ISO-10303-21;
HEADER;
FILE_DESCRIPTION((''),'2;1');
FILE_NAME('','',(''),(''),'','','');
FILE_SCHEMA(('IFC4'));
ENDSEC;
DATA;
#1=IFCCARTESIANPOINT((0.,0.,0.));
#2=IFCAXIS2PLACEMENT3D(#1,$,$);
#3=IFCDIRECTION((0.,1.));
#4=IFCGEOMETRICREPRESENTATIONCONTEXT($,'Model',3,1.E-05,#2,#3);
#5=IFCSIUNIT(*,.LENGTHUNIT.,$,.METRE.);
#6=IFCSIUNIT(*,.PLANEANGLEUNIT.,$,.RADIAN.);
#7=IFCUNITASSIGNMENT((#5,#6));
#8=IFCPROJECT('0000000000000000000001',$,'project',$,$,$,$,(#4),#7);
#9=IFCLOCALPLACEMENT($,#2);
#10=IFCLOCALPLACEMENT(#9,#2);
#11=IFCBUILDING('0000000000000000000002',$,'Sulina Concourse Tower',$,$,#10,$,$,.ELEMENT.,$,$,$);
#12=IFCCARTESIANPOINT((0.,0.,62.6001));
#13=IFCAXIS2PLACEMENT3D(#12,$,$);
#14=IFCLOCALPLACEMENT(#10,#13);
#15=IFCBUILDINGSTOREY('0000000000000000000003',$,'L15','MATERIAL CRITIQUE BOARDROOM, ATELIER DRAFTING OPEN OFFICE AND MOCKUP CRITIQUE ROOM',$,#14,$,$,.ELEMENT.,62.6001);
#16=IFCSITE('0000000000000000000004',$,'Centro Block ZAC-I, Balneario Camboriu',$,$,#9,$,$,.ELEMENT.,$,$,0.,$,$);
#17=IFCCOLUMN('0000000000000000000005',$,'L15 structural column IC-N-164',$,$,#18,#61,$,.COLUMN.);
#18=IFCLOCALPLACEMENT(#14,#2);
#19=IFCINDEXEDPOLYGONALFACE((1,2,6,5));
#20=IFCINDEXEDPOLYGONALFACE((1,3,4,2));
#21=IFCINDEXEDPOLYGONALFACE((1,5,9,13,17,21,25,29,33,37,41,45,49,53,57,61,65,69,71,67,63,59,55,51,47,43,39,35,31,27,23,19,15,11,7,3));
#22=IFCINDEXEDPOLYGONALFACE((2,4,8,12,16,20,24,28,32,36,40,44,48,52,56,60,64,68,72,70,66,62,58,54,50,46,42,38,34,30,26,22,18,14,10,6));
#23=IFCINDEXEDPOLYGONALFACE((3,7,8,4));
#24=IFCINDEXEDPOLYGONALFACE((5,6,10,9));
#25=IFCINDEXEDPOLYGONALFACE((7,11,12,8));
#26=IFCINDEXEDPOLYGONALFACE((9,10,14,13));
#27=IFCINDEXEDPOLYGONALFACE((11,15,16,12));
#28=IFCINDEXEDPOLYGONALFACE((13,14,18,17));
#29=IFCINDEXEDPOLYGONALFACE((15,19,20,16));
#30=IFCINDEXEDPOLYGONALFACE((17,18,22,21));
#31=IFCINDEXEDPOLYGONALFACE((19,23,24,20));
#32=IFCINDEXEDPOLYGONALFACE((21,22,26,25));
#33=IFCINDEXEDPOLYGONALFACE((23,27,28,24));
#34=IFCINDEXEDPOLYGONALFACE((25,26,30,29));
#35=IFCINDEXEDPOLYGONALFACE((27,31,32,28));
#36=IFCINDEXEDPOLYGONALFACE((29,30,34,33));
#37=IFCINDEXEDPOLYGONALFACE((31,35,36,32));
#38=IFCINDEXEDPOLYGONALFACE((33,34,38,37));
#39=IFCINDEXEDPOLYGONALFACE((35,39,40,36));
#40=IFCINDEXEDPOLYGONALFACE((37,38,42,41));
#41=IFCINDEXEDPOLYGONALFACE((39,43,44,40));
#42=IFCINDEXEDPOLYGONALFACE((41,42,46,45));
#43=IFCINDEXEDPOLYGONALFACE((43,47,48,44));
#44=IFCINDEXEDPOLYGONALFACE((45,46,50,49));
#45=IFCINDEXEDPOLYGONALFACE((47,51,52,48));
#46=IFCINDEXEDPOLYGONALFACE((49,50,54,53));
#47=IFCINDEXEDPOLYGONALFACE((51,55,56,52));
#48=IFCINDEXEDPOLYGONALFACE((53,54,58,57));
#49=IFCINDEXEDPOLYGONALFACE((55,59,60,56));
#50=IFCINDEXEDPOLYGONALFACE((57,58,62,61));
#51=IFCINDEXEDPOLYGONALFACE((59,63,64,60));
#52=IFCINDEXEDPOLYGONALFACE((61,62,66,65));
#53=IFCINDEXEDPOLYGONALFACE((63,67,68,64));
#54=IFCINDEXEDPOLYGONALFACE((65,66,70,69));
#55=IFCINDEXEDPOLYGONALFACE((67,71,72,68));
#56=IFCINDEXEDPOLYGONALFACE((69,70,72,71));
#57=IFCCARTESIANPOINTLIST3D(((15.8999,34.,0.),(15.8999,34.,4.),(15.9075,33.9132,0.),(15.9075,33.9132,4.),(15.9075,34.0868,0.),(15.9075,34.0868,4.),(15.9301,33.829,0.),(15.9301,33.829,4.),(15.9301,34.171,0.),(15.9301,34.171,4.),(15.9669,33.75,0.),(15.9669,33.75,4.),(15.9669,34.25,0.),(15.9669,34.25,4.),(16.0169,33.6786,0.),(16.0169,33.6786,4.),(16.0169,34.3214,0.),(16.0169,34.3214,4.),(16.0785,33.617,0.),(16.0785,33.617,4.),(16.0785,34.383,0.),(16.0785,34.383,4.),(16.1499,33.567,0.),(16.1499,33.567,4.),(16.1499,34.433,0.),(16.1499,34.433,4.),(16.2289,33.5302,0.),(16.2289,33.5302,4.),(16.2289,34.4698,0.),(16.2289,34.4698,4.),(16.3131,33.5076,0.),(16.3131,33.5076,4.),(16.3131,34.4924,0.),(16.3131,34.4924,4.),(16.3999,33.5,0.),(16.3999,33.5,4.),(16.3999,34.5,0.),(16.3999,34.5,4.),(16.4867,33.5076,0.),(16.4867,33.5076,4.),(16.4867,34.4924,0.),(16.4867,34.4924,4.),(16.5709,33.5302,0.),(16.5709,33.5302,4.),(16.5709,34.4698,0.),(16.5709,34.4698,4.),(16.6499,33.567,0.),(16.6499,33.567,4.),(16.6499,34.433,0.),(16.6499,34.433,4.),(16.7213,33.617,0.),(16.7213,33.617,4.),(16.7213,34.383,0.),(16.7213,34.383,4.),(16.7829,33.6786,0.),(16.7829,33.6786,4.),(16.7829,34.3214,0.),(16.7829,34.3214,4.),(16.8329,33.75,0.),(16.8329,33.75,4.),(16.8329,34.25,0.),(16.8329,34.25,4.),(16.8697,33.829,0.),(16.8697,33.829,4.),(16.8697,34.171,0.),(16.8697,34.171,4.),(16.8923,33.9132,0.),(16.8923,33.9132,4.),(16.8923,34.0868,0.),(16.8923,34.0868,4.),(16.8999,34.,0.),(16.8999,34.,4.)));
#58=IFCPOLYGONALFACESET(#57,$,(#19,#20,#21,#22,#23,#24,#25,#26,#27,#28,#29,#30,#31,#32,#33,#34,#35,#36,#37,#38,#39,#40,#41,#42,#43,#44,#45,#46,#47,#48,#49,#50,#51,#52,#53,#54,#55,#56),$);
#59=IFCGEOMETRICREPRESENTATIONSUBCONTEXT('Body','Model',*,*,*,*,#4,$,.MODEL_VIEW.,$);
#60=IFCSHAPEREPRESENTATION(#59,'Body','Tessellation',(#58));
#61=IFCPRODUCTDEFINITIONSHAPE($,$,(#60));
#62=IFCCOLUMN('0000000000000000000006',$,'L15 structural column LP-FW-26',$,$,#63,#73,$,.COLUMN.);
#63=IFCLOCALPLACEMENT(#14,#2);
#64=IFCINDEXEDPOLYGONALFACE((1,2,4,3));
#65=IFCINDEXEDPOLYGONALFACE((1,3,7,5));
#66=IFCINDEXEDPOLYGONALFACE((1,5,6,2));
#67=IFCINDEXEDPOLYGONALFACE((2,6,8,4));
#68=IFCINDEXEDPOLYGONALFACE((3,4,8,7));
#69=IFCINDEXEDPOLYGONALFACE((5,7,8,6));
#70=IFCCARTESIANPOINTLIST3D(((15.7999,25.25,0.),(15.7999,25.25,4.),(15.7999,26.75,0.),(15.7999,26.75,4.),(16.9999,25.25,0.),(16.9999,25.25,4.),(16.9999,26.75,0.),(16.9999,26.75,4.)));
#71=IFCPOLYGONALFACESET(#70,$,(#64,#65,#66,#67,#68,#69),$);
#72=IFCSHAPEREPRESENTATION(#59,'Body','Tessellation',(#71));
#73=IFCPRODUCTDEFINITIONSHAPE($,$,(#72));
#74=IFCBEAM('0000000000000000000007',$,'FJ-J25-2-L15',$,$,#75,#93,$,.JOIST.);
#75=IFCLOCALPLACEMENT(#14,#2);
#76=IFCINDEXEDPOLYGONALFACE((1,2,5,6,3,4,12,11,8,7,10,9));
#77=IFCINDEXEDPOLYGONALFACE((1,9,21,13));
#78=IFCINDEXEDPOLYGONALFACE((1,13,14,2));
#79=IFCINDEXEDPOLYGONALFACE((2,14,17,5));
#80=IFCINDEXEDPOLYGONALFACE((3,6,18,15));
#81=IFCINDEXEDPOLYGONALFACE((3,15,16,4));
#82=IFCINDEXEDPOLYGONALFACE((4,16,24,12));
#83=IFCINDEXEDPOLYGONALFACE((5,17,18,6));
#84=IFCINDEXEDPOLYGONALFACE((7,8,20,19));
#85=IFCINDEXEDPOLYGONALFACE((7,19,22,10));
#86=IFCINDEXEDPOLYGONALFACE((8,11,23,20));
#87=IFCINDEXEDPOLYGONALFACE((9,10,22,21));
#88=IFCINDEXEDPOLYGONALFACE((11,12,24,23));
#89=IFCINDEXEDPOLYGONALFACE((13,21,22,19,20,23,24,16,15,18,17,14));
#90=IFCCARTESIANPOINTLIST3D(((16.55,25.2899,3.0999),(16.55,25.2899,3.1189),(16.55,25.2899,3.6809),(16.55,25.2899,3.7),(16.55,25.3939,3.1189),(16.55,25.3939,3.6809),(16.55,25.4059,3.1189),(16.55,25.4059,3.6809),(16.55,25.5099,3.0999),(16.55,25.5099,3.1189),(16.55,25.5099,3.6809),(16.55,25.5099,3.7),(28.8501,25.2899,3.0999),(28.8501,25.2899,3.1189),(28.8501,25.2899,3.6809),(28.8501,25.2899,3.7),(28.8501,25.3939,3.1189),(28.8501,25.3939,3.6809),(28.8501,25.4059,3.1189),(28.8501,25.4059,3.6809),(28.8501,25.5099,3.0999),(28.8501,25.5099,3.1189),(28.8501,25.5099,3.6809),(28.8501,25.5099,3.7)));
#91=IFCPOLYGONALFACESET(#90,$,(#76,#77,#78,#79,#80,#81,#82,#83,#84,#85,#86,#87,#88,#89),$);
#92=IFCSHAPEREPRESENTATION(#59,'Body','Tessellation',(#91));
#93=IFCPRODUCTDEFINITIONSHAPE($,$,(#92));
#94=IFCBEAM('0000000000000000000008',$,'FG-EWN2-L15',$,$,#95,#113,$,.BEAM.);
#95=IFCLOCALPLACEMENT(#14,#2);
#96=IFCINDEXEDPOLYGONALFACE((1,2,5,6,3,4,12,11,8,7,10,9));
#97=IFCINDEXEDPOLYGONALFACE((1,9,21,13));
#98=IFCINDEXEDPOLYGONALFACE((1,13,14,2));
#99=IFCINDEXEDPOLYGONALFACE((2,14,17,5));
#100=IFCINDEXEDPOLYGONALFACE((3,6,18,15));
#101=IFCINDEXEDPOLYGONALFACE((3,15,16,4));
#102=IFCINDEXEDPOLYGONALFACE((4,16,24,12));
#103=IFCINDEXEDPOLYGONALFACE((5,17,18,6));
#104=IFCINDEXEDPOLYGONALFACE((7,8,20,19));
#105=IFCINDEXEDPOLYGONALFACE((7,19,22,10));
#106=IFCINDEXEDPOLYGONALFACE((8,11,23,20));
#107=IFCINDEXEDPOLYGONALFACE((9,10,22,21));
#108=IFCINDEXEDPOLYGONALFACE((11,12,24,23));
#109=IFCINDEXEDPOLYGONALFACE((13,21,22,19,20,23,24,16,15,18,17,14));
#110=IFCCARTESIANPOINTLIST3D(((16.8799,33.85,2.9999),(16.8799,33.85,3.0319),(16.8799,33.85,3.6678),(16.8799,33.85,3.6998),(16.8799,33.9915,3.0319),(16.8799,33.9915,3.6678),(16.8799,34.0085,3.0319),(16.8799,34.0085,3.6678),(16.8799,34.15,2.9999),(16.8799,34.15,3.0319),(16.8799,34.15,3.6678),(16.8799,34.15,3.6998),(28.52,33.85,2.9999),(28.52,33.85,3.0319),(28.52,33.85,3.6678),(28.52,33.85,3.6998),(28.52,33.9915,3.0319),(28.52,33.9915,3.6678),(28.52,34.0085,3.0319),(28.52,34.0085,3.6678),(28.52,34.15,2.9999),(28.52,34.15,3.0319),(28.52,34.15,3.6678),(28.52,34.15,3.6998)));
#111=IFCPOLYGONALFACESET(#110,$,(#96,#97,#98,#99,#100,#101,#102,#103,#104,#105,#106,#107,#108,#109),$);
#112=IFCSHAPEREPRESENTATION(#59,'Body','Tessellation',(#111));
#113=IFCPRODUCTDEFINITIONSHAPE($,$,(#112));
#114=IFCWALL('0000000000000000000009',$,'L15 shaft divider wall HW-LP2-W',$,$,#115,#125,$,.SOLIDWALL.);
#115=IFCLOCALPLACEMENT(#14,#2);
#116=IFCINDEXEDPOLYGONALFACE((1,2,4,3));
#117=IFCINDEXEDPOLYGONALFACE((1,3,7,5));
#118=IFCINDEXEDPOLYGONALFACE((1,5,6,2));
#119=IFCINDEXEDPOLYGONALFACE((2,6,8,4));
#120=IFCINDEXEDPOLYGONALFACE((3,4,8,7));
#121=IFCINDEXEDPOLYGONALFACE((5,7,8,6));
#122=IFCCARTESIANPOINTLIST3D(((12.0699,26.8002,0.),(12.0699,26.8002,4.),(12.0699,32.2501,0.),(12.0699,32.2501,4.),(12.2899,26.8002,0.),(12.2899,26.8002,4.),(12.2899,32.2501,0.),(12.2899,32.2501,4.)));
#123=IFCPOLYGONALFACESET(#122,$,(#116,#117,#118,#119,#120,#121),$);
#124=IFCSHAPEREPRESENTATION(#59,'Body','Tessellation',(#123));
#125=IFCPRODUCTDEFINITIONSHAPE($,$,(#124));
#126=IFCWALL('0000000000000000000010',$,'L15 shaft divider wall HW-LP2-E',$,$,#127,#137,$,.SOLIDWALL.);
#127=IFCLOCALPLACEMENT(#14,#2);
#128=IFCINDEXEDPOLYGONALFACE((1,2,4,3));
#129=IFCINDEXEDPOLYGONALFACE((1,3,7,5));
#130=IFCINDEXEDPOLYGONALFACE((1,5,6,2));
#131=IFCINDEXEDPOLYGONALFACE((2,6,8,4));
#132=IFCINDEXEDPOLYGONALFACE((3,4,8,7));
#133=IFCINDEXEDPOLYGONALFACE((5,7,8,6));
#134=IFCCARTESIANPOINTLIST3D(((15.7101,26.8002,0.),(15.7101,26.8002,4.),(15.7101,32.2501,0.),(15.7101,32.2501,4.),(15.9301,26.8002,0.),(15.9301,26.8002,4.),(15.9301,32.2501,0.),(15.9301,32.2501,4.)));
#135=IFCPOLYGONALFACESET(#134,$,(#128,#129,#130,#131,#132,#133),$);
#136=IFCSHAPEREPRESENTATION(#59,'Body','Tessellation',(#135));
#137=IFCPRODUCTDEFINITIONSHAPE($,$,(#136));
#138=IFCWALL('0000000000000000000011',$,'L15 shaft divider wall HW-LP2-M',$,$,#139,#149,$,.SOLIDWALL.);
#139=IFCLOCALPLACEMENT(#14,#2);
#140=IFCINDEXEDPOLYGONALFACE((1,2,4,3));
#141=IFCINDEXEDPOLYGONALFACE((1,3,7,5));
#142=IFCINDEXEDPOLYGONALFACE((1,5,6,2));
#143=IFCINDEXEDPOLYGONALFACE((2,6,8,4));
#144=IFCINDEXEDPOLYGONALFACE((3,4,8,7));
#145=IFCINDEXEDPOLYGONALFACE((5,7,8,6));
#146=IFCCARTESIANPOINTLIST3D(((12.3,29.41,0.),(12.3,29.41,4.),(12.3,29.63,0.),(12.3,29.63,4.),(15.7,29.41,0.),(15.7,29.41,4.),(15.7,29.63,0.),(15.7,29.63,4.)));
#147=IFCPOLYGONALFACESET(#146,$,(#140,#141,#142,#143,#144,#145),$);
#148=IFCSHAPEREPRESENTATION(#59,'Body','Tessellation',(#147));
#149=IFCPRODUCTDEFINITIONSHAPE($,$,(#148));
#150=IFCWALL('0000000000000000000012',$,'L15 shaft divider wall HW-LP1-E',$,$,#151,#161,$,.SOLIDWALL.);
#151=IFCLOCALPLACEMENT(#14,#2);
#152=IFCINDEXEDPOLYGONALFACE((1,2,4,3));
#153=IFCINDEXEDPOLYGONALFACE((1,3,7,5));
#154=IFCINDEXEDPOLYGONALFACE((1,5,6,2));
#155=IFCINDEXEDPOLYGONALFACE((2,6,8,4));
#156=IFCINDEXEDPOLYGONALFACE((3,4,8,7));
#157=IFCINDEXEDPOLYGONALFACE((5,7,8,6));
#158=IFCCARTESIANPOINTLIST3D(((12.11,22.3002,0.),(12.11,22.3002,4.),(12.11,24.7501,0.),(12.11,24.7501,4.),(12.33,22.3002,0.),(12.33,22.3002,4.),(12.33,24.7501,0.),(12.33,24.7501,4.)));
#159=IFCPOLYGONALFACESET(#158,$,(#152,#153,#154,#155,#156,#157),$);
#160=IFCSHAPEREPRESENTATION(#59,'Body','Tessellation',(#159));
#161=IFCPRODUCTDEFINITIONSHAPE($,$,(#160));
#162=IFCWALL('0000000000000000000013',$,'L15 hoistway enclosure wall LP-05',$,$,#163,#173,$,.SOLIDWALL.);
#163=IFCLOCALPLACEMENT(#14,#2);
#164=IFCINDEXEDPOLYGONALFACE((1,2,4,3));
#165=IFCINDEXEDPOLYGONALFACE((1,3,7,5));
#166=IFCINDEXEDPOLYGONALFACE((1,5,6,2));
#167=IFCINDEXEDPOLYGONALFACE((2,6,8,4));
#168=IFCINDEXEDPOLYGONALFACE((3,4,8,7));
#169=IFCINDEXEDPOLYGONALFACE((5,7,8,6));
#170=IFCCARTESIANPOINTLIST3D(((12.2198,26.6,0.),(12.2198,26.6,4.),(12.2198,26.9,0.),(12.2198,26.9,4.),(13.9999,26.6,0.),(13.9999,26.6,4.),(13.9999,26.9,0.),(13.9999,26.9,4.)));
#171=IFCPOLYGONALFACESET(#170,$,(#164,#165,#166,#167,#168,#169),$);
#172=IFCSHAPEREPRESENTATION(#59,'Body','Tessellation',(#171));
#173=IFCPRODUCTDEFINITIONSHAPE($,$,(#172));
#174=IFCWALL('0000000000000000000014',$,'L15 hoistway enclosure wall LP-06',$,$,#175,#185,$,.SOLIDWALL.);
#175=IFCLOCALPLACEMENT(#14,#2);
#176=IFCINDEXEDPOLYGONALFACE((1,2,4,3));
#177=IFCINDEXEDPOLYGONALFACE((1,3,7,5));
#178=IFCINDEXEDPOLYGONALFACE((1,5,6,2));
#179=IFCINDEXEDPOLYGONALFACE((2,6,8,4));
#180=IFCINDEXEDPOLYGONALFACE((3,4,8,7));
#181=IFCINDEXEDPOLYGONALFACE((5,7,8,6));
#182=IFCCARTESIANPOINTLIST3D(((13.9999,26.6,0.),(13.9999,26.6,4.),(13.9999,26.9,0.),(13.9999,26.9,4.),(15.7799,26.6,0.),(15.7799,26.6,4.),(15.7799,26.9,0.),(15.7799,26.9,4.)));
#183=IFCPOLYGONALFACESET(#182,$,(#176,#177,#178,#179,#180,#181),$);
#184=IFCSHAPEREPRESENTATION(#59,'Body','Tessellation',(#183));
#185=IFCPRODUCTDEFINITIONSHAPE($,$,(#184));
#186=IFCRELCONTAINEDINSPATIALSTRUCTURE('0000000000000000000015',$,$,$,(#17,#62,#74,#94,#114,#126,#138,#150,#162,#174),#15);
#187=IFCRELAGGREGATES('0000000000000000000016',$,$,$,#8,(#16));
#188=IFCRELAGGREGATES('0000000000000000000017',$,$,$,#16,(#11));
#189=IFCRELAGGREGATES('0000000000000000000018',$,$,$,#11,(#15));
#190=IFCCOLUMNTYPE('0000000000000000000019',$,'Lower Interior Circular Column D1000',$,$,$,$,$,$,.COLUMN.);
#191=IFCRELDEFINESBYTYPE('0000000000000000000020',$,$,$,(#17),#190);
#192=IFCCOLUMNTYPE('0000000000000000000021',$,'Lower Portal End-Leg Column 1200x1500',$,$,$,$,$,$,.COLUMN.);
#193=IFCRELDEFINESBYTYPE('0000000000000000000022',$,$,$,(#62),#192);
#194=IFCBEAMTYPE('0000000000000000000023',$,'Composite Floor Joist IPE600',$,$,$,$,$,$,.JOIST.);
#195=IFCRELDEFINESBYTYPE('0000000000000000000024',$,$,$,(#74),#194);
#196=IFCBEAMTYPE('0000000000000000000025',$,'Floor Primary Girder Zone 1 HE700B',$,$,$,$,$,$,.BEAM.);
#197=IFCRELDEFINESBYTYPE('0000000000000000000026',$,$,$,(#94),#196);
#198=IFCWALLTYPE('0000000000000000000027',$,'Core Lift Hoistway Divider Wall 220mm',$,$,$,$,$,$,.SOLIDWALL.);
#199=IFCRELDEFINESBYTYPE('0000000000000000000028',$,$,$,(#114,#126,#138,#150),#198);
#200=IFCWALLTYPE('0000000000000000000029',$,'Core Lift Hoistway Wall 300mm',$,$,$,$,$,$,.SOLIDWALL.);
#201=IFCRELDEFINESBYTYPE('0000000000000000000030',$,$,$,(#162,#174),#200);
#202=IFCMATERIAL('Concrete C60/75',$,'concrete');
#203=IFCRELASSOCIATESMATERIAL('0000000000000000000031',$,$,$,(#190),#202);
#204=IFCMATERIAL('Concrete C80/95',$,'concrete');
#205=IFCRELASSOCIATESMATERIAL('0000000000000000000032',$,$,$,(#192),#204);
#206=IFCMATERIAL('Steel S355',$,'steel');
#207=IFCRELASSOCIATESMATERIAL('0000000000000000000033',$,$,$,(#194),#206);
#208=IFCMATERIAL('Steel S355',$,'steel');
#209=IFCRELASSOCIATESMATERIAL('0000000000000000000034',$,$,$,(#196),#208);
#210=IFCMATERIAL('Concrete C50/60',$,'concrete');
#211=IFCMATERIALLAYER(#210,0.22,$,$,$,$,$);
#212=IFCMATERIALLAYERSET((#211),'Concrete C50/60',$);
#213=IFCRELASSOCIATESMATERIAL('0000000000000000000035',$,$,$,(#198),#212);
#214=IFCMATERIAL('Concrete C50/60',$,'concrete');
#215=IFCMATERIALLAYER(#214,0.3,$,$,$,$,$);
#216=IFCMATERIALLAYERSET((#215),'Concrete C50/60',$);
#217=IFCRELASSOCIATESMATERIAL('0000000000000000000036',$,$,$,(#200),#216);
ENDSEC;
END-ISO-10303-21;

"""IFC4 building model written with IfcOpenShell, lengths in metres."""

from ifc_helpers import new_model, si_unit, direction, frame, frame_2d, origin, origin_2d, place, context, subcontext, project, spatial, rectangle, circle, i_section, extrude, material, layer, layer_set, material_profile, profile_set, type_object, element, save


model = new_model("IFC4")

# Units and contexts
model_context = context("Model", 3, precision=1e-05, world=origin(), true_north=direction((0.0, 1.0)))
body_context = subcontext(model_context, "Body", "Model", "MODEL_VIEW")
ifc_project = project(units=[si_unit("LENGTHUNIT", "METRE"), si_unit("PLANEANGLEUNIT", "RADIAN")], contexts=[model_context])

# Site, building, storey
site_placement = place(None, origin())
site = spatial("IfcSite", under=ifc_project, at=site_placement, Name="Centro Block ZAC-I, Balneario Camboriu", CompositionType="ELEMENT", RefElevation=0.0)
building_placement = place(site_placement, origin())
building = spatial("IfcBuilding", under=site, at=building_placement, Name="Sulina Concourse Tower", CompositionType="ELEMENT")
storey_placement = place(building_placement, frame((0.0, 0.0, 62.6001)))
storey = spatial("IfcBuildingStorey", under=building, at=storey_placement, Name="L15", Description="MATERIAL CRITIQUE BOARDROOM, ATELIER DRAFTING OPEN OFFICE AND MOCKUP CRITIQUE ROOM", CompositionType="ELEMENT", Elevation=62.6001)

# Columns
ifc_material_1 = material(Name="Concrete C60/75", Category="concrete")
ifc_material_profile_1 = material_profile(ifc_material_1, circle(Radius=0.5, at=origin_2d()), Name="RC D1000")
ifc_profile_set_1 = profile_set([ifc_material_profile_1], Name="Concrete C60/75")
column_type_1 = type_object("IfcColumnType", Name="Lower Interior Circular Column D1000", PredefinedType="COLUMN", material=ifc_profile_set_1)
column_1_placement = place(storey_placement, frame((16.3999, 34.0, 0.0), z_axis=(0.0, 0.0, 1.0), x_axis=(1.0, 0.0, 0.0)))
element("IfcColumn", 1, at=column_1_placement, inside=storey, type_object=column_type_1, Name="L15 structural column IC-N-164", PredefinedType="COLUMN", context=body_context, shape_type="SweptSolid", body=[
    extrude(circle(Radius=0.5, at=origin_2d()), origin(), (0.0, 0.0, 1.0), 4.0),
])
ifc_material_2 = material(Name="Concrete C80/95", Category="concrete")
ifc_material_profile_2 = material_profile(ifc_material_2, rectangle(XDim=1.2, YDim=1.5, at=origin_2d()), Name="RC 1200x1500")
ifc_profile_set_2 = profile_set([ifc_material_profile_2], Name="Concrete C80/95")
column_type_2 = type_object("IfcColumnType", Name="Lower Portal End-Leg Column 1200x1500", PredefinedType="COLUMN", material=ifc_profile_set_2)
column_2_placement = place(storey_placement, frame((16.3999, 26.0, 0.0), z_axis=(0.0, 0.0, 1.0), x_axis=(1.0, 0.0, 0.0)))
element("IfcColumn", 2, at=column_2_placement, inside=storey, type_object=column_type_2, Name="L15 structural column LP-FW-26", PredefinedType="COLUMN", context=body_context, shape_type="SweptSolid", body=[
    extrude(rectangle(XDim=1.2, YDim=1.5, at=origin_2d()), origin(), (0.0, 0.0, 1.0), 4.0),
])

# Beams
ifc_material_3 = material(Name="Steel S355", Category="steel")
ifc_material_profile_3 = material_profile(ifc_material_3, i_section(OverallWidth=0.22, OverallDepth=0.6001, WebThickness=0.012, FlangeThickness=0.019, at=origin_2d()), Name="IPE 600")
ifc_profile_set_3 = profile_set([ifc_material_profile_3], Name="Steel S355")
beam_type_1 = type_object("IfcBeamType", Name="Composite Floor Joist IPE600", PredefinedType="JOIST", material=ifc_profile_set_3)
beam_1_placement = place(storey_placement, frame((16.55, 25.3999, 3.3999), z_axis=(1.0, 0.0, 0.0), x_axis=(0.0, 1.0, 0.0)))
element("IfcBeam", 3, at=beam_1_placement, inside=storey, type_object=beam_type_1, Name="FJ-J25-2-L15", PredefinedType="JOIST", context=body_context, shape_type="SweptSolid", body=[
    extrude(i_section(OverallWidth=0.22, OverallDepth=0.6001, WebThickness=0.012, FlangeThickness=0.019, at=origin_2d()), origin(), (0.0, 0.0, 1.0), 12.3),
])
ifc_material_4 = material(Name="Steel S355", Category="steel")
ifc_material_profile_4 = material_profile(ifc_material_4, i_section(OverallWidth=0.3, OverallDepth=0.7, WebThickness=0.0171, FlangeThickness=0.032, at=origin_2d()), Name="HE 700 B")
ifc_profile_set_4 = profile_set([ifc_material_profile_4], Name="Steel S355")
beam_type_2 = type_object("IfcBeamType", Name="Floor Primary Girder Zone 1 HE700B", PredefinedType="BEAM", material=ifc_profile_set_4)
beam_2_placement = place(storey_placement, frame((16.8799, 34.0, 3.3499), z_axis=(1.0, 0.0, 0.0), x_axis=(0.0, 1.0, 0.0)))
element("IfcBeam", 4, at=beam_2_placement, inside=storey, type_object=beam_type_2, Name="FG-EWN2-L15", PredefinedType="BEAM", context=body_context, shape_type="SweptSolid", body=[
    extrude(i_section(OverallWidth=0.3, OverallDepth=0.7, WebThickness=0.0171, FlangeThickness=0.032, at=origin_2d()), origin(), (0.0, 0.0, 1.0), 11.6401),
])

# Walls
ifc_material_5 = material(Name="Concrete C50/60", Category="concrete")
ifc_layer_1 = layer(ifc_material_5, 0.22)
ifc_layer_set_1 = layer_set([ifc_layer_1], Name="Concrete C50/60")
wall_type_1 = type_object("IfcWallType", Name="Core Lift Hoistway Divider Wall 220mm", PredefinedType="SOLIDWALL", material=ifc_layer_set_1)
for number, where, z_axis, x_axis, name in (
    (5, (12.1799, 26.8, 0.0), (0.0, 0.0, 1.0), (0.0, 1.0, 0.0), "L15 shaft divider wall HW-LP2-W"),
    (6, (15.8201, 26.8, 0.0), (0.0, 0.0, 1.0), (0.0, 1.0, 0.0), "L15 shaft divider wall HW-LP2-E"),
):
    element("IfcWall", number, at=place(storey_placement, frame(where, z_axis=z_axis, x_axis=x_axis)), inside=storey, type_object=wall_type_1, Name=name, PredefinedType="SOLIDWALL", context=body_context, shape_type="SweptSolid", body=[
        extrude(rectangle(XDim=5.45, YDim=0.22, at=frame_2d((2.7251, 0.0))), origin(), (0.0, 0.0, 1.0), 4.0),
    ])
wall_1_placement = place(storey_placement, frame((12.3, 29.52, 0.0), z_axis=(0.0, 0.0, 1.0), x_axis=(1.0, 0.0, 0.0)))
element("IfcWall", 7, at=wall_1_placement, inside=storey, type_object=wall_type_1, Name="L15 shaft divider wall HW-LP2-M", PredefinedType="SOLIDWALL", context=body_context, shape_type="SweptSolid", body=[
    extrude(rectangle(XDim=3.3999, YDim=0.22, at=frame_2d((1.7, 0.0))), origin(), (0.0, 0.0, 1.0), 4.0),
])
wall_2_placement = place(storey_placement, frame((12.22, 22.3, 0.0), z_axis=(0.0, 0.0, 1.0), x_axis=(0.0, 1.0, 0.0)))
element("IfcWall", 8, at=wall_2_placement, inside=storey, type_object=wall_type_1, Name="L15 shaft divider wall HW-LP1-E", PredefinedType="SOLIDWALL", context=body_context, shape_type="SweptSolid", body=[
    extrude(rectangle(XDim=2.45, YDim=0.22, at=frame_2d((1.2251, 0.0))), origin(), (0.0, 0.0, 1.0), 4.0),
])
ifc_material_6 = material(Name="Concrete C50/60", Category="concrete")
ifc_layer_2 = layer(ifc_material_6, 0.3)
ifc_layer_set_2 = layer_set([ifc_layer_2], Name="Concrete C50/60")
wall_type_2 = type_object("IfcWallType", Name="Core Lift Hoistway Wall 300mm", PredefinedType="SOLIDWALL", material=ifc_layer_set_2)
for number, where, z_axis, x_axis, name in (
    (9, (14.0, 26.75, 0.0), (0.0, 0.0, 1.0), (-1.0, 0.0, 0.0), "L15 hoistway enclosure wall LP-05"),
    (10, (15.78, 26.75, 0.0), (0.0, 0.0, 1.0), (-1.0, 0.0, 0.0), "L15 hoistway enclosure wall LP-06"),
):
    element("IfcWall", number, at=place(storey_placement, frame(where, z_axis=z_axis, x_axis=x_axis)), inside=storey, type_object=wall_type_2, Name=name, PredefinedType="SOLIDWALL", context=body_context, shape_type="SweptSolid", body=[
        extrude(rectangle(XDim=1.78, YDim=0.3, at=frame_2d((0.8901, 0.0))), origin(), (0.0, 0.0, 1.0), 4.0),
    ])

save(model, "model.ifc")
